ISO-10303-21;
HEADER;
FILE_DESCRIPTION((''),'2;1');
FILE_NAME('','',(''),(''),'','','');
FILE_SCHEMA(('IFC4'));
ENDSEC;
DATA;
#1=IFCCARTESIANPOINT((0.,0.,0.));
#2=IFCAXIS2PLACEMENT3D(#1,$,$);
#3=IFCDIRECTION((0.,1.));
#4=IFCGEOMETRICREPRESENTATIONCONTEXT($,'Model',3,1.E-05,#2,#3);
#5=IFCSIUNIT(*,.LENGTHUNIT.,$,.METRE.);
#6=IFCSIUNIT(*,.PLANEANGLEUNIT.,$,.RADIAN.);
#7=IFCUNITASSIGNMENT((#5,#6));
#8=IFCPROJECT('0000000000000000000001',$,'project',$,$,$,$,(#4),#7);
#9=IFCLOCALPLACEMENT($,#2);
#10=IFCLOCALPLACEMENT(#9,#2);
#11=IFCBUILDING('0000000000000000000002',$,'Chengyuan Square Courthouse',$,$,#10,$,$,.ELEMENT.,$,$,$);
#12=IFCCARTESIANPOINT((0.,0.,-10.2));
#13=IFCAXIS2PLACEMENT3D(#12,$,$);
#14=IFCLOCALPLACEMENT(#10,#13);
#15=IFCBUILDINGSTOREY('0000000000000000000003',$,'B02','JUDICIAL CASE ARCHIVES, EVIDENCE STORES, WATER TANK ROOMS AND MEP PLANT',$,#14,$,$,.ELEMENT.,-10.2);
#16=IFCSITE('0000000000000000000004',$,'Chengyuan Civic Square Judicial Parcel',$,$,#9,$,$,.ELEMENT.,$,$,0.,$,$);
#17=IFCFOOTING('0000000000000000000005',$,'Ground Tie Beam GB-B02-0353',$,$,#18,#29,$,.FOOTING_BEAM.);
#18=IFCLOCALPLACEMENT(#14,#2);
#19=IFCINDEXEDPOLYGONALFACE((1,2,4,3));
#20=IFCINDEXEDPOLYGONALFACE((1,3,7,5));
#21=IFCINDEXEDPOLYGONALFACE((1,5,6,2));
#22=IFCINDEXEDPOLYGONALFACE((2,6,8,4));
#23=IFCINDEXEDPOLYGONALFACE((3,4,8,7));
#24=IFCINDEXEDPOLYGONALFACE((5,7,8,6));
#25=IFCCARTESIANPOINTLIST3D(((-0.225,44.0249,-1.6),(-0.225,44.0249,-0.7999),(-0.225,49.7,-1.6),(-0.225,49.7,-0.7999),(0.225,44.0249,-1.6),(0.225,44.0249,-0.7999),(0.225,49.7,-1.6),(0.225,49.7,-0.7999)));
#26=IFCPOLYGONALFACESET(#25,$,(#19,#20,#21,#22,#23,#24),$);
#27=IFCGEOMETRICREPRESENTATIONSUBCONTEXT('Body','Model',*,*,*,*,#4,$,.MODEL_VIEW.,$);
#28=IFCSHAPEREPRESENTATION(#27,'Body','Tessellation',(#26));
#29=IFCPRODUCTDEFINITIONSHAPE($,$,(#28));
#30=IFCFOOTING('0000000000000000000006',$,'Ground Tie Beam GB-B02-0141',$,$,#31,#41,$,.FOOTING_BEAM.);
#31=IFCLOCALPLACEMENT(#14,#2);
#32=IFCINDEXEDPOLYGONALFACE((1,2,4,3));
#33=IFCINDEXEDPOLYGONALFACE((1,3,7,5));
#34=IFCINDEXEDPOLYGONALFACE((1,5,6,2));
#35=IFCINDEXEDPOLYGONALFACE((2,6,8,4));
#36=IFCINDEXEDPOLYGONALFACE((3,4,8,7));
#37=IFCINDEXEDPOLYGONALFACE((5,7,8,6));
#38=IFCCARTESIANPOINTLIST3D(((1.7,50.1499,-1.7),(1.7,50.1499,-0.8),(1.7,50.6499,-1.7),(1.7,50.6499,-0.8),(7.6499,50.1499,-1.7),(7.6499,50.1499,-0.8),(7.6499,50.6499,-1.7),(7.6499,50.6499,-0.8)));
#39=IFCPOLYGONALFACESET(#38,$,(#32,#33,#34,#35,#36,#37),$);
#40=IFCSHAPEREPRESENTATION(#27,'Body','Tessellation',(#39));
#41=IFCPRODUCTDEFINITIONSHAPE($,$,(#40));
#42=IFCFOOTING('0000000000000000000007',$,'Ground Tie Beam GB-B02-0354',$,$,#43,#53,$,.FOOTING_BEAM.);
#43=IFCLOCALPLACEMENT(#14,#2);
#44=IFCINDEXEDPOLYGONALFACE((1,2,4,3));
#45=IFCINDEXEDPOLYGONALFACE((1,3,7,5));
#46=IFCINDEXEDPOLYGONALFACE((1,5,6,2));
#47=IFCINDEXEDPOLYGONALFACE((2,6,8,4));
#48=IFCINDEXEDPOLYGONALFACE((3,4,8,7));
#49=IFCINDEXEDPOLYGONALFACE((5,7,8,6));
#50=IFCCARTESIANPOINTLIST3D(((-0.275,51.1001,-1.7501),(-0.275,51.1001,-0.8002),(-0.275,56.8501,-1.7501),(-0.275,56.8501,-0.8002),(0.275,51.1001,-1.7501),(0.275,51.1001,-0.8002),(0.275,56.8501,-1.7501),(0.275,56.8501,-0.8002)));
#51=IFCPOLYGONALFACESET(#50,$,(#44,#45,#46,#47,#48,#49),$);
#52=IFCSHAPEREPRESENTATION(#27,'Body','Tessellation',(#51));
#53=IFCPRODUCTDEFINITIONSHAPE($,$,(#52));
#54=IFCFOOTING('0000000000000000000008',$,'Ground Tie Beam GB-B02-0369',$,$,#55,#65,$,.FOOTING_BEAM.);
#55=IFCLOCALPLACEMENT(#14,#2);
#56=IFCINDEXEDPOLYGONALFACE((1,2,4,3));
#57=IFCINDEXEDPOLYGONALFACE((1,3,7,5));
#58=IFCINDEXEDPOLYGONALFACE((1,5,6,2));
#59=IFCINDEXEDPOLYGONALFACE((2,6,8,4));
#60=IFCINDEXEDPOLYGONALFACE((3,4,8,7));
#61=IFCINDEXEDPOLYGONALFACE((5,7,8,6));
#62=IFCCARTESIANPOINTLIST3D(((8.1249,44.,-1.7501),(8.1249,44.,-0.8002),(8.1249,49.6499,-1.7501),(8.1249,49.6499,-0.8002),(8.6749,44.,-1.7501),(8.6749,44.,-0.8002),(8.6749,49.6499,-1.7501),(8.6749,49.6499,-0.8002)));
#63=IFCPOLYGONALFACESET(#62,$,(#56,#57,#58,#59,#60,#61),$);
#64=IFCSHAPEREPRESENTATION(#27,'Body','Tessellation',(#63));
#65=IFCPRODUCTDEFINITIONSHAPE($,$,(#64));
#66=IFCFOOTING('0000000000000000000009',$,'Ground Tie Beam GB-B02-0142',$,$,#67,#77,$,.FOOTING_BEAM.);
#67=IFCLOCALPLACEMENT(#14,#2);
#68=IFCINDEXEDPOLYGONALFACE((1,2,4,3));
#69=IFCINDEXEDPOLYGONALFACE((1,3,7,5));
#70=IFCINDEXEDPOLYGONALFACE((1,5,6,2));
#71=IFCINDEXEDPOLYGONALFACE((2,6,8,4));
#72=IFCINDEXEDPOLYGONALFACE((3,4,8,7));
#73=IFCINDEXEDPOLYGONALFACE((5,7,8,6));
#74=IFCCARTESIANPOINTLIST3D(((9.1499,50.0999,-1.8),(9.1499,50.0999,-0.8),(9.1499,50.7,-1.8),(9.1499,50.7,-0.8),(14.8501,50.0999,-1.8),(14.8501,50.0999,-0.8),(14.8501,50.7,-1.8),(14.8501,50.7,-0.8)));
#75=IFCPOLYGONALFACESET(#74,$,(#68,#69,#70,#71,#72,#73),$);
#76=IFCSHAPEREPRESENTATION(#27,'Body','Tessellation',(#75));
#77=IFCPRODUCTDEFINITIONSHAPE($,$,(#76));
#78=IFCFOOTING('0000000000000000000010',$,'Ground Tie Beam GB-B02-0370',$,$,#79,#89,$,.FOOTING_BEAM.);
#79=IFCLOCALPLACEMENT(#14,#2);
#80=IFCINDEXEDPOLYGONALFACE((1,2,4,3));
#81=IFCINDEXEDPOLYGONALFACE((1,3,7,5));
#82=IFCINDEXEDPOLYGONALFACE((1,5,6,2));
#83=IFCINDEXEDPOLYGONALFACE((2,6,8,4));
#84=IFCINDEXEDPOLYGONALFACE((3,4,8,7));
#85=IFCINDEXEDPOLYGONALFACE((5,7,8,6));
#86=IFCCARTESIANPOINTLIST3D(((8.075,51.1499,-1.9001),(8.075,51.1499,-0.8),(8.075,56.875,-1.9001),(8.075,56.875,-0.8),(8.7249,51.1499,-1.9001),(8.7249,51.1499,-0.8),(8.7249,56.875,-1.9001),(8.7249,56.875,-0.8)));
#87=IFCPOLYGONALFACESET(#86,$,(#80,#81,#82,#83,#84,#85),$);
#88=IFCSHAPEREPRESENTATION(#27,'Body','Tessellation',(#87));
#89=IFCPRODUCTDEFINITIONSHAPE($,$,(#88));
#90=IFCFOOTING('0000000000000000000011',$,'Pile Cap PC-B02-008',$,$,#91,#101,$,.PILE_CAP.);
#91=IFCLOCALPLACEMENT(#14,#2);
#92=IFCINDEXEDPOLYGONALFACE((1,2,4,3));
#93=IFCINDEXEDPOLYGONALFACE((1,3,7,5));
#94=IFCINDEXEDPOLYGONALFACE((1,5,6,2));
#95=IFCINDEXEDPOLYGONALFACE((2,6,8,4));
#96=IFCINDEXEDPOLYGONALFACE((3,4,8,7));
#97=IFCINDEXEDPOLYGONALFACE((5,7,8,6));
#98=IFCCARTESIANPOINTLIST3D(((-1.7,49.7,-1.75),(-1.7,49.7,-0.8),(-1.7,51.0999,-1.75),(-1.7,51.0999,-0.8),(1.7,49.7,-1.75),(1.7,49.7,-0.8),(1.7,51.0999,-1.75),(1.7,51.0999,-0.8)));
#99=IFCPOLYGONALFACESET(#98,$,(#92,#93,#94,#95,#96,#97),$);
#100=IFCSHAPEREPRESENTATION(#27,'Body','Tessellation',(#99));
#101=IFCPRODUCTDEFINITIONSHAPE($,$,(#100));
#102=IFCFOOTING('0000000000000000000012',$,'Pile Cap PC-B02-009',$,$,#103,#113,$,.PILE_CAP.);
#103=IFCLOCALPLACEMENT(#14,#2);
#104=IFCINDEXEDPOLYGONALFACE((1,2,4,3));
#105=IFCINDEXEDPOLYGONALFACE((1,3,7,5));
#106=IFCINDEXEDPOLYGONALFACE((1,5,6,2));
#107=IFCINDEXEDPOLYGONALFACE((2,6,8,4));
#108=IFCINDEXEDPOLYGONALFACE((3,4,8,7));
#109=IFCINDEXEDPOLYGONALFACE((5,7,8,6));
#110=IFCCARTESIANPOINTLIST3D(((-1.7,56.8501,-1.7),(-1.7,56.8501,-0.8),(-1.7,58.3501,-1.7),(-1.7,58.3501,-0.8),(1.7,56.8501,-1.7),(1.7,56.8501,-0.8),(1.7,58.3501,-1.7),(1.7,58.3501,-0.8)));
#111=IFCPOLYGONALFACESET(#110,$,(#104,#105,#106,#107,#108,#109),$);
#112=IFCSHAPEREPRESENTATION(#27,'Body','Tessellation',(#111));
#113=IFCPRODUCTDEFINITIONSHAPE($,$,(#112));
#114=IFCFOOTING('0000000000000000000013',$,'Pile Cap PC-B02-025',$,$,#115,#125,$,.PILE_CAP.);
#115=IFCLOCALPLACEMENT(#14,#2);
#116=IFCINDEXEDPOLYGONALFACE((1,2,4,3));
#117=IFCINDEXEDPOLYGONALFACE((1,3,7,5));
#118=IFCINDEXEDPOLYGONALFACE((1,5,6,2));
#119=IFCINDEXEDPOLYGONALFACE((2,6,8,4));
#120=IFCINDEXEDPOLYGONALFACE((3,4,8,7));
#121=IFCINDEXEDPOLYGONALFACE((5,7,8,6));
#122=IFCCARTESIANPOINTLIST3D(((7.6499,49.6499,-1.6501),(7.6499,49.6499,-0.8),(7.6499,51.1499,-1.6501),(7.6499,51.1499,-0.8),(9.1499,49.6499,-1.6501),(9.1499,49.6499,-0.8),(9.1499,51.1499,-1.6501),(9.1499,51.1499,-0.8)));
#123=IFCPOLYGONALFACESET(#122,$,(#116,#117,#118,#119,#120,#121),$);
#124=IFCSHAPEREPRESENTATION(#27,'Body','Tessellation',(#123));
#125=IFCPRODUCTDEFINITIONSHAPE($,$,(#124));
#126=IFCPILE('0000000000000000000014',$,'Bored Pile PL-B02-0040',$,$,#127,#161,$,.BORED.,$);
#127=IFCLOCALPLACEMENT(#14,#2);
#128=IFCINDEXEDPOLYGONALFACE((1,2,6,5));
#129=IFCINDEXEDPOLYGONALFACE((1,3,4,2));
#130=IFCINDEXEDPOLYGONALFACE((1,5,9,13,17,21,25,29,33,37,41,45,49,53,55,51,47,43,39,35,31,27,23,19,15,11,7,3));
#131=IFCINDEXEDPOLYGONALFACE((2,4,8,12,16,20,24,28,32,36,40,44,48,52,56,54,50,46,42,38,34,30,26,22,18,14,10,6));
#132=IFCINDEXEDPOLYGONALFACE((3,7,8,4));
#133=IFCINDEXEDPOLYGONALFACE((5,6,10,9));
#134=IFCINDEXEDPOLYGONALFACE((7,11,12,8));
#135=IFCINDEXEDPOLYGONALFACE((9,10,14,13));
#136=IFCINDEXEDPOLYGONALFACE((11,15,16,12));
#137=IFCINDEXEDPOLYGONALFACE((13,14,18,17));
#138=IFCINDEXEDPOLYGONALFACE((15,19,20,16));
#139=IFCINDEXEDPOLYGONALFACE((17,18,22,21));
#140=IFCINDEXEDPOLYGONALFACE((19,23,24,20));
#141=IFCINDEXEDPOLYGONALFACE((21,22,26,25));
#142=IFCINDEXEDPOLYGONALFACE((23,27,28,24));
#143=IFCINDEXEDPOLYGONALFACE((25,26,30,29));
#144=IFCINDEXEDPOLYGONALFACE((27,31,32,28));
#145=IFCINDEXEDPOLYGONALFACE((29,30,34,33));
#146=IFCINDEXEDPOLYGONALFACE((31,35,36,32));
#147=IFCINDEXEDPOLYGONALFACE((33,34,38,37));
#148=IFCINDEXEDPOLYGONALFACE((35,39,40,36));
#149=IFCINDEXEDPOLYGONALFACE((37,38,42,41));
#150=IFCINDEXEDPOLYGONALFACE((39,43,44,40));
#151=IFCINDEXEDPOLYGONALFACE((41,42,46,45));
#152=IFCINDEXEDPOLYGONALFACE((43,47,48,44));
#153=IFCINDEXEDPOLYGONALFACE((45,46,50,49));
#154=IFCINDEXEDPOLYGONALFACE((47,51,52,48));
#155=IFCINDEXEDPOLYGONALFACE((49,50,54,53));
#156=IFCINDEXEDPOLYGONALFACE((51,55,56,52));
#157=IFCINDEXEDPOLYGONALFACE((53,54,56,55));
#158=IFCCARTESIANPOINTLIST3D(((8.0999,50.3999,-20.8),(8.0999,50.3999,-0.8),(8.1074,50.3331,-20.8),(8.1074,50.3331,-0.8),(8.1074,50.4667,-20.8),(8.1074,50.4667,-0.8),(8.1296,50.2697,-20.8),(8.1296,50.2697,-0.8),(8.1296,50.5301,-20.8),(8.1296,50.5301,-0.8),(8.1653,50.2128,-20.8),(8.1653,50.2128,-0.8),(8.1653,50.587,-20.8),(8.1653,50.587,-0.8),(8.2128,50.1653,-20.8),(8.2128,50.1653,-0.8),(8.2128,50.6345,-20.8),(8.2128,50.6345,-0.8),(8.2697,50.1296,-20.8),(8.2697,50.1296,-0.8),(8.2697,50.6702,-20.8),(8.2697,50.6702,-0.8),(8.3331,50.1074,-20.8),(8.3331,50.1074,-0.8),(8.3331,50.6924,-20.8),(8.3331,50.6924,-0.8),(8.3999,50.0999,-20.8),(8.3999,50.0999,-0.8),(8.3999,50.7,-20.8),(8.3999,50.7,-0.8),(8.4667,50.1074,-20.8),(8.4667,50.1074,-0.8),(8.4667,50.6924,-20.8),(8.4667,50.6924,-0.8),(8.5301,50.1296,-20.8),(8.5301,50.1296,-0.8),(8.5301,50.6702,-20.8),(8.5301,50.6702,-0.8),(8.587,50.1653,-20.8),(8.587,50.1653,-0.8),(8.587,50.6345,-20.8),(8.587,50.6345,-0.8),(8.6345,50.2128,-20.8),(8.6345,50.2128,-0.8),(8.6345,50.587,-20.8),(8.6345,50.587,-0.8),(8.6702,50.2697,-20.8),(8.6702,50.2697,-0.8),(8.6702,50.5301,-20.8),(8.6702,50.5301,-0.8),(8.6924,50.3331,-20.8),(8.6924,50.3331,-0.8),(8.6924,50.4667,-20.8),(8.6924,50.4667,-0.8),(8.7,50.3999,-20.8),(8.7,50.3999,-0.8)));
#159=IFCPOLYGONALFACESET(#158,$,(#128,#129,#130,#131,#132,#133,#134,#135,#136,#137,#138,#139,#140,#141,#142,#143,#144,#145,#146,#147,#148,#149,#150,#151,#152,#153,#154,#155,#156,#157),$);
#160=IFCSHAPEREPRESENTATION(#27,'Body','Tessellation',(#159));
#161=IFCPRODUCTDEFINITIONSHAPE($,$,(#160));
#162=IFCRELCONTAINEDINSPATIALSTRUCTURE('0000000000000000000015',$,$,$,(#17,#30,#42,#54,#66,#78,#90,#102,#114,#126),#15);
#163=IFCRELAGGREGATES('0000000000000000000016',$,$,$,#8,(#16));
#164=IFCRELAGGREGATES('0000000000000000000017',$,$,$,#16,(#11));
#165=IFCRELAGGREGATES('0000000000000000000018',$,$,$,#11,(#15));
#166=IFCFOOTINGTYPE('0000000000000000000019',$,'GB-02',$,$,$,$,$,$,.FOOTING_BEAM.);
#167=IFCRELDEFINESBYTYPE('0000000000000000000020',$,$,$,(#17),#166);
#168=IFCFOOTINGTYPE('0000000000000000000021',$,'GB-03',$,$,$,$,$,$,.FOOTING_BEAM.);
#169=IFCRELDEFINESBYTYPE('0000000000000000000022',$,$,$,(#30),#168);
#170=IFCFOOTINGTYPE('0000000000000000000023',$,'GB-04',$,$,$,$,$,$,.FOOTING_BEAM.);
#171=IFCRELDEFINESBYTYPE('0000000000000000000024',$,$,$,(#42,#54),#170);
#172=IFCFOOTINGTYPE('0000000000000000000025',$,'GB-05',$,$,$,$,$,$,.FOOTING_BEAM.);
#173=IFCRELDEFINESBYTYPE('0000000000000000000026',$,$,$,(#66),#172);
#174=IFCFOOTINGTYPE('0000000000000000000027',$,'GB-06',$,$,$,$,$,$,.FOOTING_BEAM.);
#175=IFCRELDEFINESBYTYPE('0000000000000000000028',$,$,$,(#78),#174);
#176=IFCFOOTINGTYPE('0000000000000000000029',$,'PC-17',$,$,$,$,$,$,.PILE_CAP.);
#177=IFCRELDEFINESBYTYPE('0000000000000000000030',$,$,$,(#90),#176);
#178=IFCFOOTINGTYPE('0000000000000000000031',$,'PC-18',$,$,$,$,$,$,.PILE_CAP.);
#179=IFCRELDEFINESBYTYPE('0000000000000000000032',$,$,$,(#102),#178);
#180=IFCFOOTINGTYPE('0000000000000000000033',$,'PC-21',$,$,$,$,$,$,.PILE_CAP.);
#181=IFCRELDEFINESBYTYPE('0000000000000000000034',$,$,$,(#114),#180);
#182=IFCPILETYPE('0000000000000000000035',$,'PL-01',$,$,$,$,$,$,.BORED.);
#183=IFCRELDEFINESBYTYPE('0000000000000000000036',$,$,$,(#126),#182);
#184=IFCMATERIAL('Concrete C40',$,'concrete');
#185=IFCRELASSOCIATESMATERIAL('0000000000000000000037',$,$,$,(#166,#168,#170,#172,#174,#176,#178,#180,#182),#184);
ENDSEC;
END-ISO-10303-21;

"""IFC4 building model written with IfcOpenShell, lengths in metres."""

from ifc_helpers import new_model, si_unit, direction, frame, origin, origin_2d, place, context, subcontext, project, spatial, rectangle, circle, extrude, material, material_profile, profile_set, type_object, element, save


model = new_model("IFC4")

# Units and contexts
model_context = context("Model", 3, precision=1e-05, world=origin(), true_north=direction((0.0, 1.0)))
body_context = subcontext(model_context, "Body", "Model", "MODEL_VIEW")
ifc_project = project(units=[si_unit("LENGTHUNIT", "METRE"), si_unit("PLANEANGLEUNIT", "RADIAN")], contexts=[model_context])

# Site, building, storey
site_placement = place(None, origin())
site = spatial("IfcSite", under=ifc_project, at=site_placement, Name="Chengyuan Civic Square Judicial Parcel", CompositionType="ELEMENT", RefElevation=0.0)
building_placement = place(site_placement, origin())
building = spatial("IfcBuilding", under=site, at=building_placement, Name="Chengyuan Square Courthouse", CompositionType="ELEMENT")
storey_placement = place(building_placement, frame((0.0, 0.0, -10.2)))
storey = spatial("IfcBuildingStorey", under=building, at=storey_placement, Name="B02", Description="JUDICIAL CASE ARCHIVES, EVIDENCE STORES, WATER TANK ROOMS AND MEP PLANT", CompositionType="ELEMENT", Elevation=-10.2)

# Footings
ifc_material_1 = material(Name="Concrete C40", Category="concrete")
ifc_material_profile_1 = material_profile(ifc_material_1, rectangle(XDim=0.45, YDim=0.8, at=origin_2d()), Name="GB-450x800")
ifc_profile_set_1 = profile_set([ifc_material_profile_1], Name="Concrete C40")
footing_type_1 = type_object("IfcFootingType", Name="GB-02", PredefinedType="FOOTING_BEAM", material=ifc_profile_set_1)
footing_1_placement = place(storey_placement, frame((0.0, 44.0249, -1.2), z_axis=(0.0, 1.0, 0.0), x_axis=(-1.0, 0.0, 0.0)))
element("IfcFooting", 1, at=footing_1_placement, inside=storey, type_object=footing_type_1, Name="Ground Tie Beam GB-B02-0353", PredefinedType="FOOTING_BEAM", context=body_context, shape_type="SweptSolid", body=[
    extrude(rectangle(XDim=0.45, YDim=0.8, at=origin_2d()), origin(), (0.0, 0.0, 1.0), 5.675),
])
ifc_material_profile_2 = material_profile(ifc_material_1, rectangle(XDim=0.5, YDim=0.8999, at=origin_2d()), Name="GB-500x900")
ifc_profile_set_2 = profile_set([ifc_material_profile_2], Name="Concrete C40")
footing_type_2 = type_object("IfcFootingType", Name="GB-03", PredefinedType="FOOTING_BEAM", material=ifc_profile_set_2)
footing_2_placement = place(storey_placement, frame((1.7, 50.3999, -1.25), z_axis=(1.0, 0.0, 0.0), x_axis=(0.0, 1.0, 0.0)))
element("IfcFooting", 2, at=footing_2_placement, inside=storey, type_object=footing_type_2, Name="Ground Tie Beam GB-B02-0141", PredefinedType="FOOTING_BEAM", context=body_context, shape_type="SweptSolid", body=[
    extrude(rectangle(XDim=0.5, YDim=0.8999, at=origin_2d()), origin(), (0.0, 0.0, 1.0), 5.95),
])
ifc_material_profile_3 = material_profile(ifc_material_1, rectangle(XDim=0.55, YDim=0.95, at=origin_2d()), Name="GB-550x950")
ifc_profile_set_3 = profile_set([ifc_material_profile_3], Name="Concrete C40")
footing_type_3 = type_object("IfcFootingType", Name="GB-04", PredefinedType="FOOTING_BEAM", material=ifc_profile_set_3)
footing_3_placement = place(storey_placement, frame((0.0, 51.1001, -1.2751), z_axis=(0.0, 1.0, 0.0), x_axis=(-1.0, 0.0, 0.0)))
element("IfcFooting", 3, at=footing_3_placement, inside=storey, type_object=footing_type_3, Name="Ground Tie Beam GB-B02-0354", PredefinedType="FOOTING_BEAM", context=body_context, shape_type="SweptSolid", body=[
    extrude(rectangle(XDim=0.55, YDim=0.95, at=origin_2d()), origin(), (0.0, 0.0, 1.0), 5.75),
])
footing_4_placement = place(storey_placement, frame((8.3999, 44.0, -1.2751), z_axis=(0.0, 1.0, 0.0), x_axis=(-1.0, 0.0, 0.0)))
element("IfcFooting", 4, at=footing_4_placement, inside=storey, type_object=footing_type_3, Name="Ground Tie Beam GB-B02-0369", PredefinedType="FOOTING_BEAM", context=body_context, shape_type="SweptSolid", body=[
    extrude(rectangle(XDim=0.55, YDim=0.95, at=origin_2d()), origin(), (0.0, 0.0, 1.0), 5.6499),
])
ifc_material_profile_4 = material_profile(ifc_material_1, rectangle(XDim=0.6001, YDim=1.0, at=origin_2d()), Name="GB-600x1000")
ifc_profile_set_4 = profile_set([ifc_material_profile_4], Name="Concrete C40")
footing_type_4 = type_object("IfcFootingType", Name="GB-05", PredefinedType="FOOTING_BEAM", material=ifc_profile_set_4)
footing_5_placement = place(storey_placement, frame((9.1499, 50.3999, -1.3), z_axis=(1.0, 0.0, 0.0), x_axis=(0.0, 1.0, 0.0)))
element("IfcFooting", 5, at=footing_5_placement, inside=storey, type_object=footing_type_4, Name="Ground Tie Beam GB-B02-0142", PredefinedType="FOOTING_BEAM", context=body_context, shape_type="SweptSolid", body=[
    extrude(rectangle(XDim=0.6001, YDim=1.0, at=origin_2d()), origin(), (0.0, 0.0, 1.0), 5.7002),
])
ifc_material_profile_5 = material_profile(ifc_material_1, rectangle(XDim=0.6499, YDim=1.1001, at=origin_2d()), Name="GB-650x1100")
ifc_profile_set_5 = profile_set([ifc_material_profile_5], Name="Concrete C40")
footing_type_5 = type_object("IfcFootingType", Name="GB-06", PredefinedType="FOOTING_BEAM", material=ifc_profile_set_5)
footing_6_placement = place(storey_placement, frame((8.3999, 51.1499, -1.3501), z_axis=(0.0, 1.0, 0.0), x_axis=(-1.0, 0.0, 0.0)))
element("IfcFooting", 6, at=footing_6_placement, inside=storey, type_object=footing_type_5, Name="Ground Tie Beam GB-B02-0370", PredefinedType="FOOTING_BEAM", context=body_context, shape_type="SweptSolid", body=[
    extrude(rectangle(XDim=0.6499, YDim=1.1001, at=origin_2d()), origin(), (0.0, 0.0, 1.0), 5.7251),
])
footing_type_6 = type_object("IfcFootingType", Name="PC-17", PredefinedType="PILE_CAP", material=ifc_material_1)
footing_7_placement = place(storey_placement, frame((0.0, 50.3999, -1.75), z_axis=(0.0, 0.0, 1.0), x_axis=(1.0, 0.0, 0.0)))
element("IfcFooting", 7, at=footing_7_placement, inside=storey, type_object=footing_type_6, Name="Pile Cap PC-B02-008", PredefinedType="PILE_CAP", context=body_context, shape_type="SweptSolid", body=[
    extrude(rectangle(XDim=3.3999, YDim=1.3999, at=origin_2d()), origin(), (0.0, 0.0, 1.0), 0.95),
])
footing_type_7 = type_object("IfcFootingType", Name="PC-18", PredefinedType="PILE_CAP", material=ifc_material_1)
footing_8_placement = place(storey_placement, frame((0.0, 57.6001, -1.7), z_axis=(0.0, 0.0, 1.0), x_axis=(1.0, 0.0, 0.0)))
element("IfcFooting", 8, at=footing_8_placement, inside=storey, type_object=footing_type_7, Name="Pile Cap PC-B02-009", PredefinedType="PILE_CAP", context=body_context, shape_type="SweptSolid", body=[
    extrude(rectangle(XDim=3.3999, YDim=1.5, at=origin_2d()), origin(), (0.0, 0.0, 1.0), 0.8999),
])
footing_type_8 = type_object("IfcFootingType", Name="PC-21", PredefinedType="PILE_CAP", material=ifc_material_1)
footing_9_placement = place(storey_placement, frame((8.3999, 50.3999, -1.6501), z_axis=(0.0, 0.0, 1.0), x_axis=(1.0, 0.0, 0.0)))
element("IfcFooting", 9, at=footing_9_placement, inside=storey, type_object=footing_type_8, Name="Pile Cap PC-B02-025", PredefinedType="PILE_CAP", context=body_context, shape_type="SweptSolid", body=[
    extrude(rectangle(XDim=1.5, YDim=1.5, at=origin_2d()), origin(), (0.0, 0.0, 1.0), 0.8501),
])

# Pile
ifc_material_profile_6 = material_profile(ifc_material_1, circle(Radius=0.3, at=origin_2d()), Name="BORED PILE D600")
ifc_profile_set_6 = profile_set([ifc_material_profile_6], Name="Concrete C40")
pile_type_1 = type_object("IfcPileType", Name="PL-01", PredefinedType="BORED", material=ifc_profile_set_6)
pile_1_placement = place(storey_placement, frame((8.3999, 50.3999, -0.8), z_axis=(0.0, 0.0, -1.0), x_axis=(1.0, 0.0, 0.0)))
element("IfcPile", 10, at=pile_1_placement, inside=storey, type_object=pile_type_1, Name="Bored Pile PL-B02-0040", PredefinedType="BORED", context=body_context, shape_type="SweptSolid", body=[
    extrude(circle(Radius=0.3, at=origin_2d()), origin(), (0.0, 0.0, 1.0), 20.0),
])

save(model, "model.ifc")
